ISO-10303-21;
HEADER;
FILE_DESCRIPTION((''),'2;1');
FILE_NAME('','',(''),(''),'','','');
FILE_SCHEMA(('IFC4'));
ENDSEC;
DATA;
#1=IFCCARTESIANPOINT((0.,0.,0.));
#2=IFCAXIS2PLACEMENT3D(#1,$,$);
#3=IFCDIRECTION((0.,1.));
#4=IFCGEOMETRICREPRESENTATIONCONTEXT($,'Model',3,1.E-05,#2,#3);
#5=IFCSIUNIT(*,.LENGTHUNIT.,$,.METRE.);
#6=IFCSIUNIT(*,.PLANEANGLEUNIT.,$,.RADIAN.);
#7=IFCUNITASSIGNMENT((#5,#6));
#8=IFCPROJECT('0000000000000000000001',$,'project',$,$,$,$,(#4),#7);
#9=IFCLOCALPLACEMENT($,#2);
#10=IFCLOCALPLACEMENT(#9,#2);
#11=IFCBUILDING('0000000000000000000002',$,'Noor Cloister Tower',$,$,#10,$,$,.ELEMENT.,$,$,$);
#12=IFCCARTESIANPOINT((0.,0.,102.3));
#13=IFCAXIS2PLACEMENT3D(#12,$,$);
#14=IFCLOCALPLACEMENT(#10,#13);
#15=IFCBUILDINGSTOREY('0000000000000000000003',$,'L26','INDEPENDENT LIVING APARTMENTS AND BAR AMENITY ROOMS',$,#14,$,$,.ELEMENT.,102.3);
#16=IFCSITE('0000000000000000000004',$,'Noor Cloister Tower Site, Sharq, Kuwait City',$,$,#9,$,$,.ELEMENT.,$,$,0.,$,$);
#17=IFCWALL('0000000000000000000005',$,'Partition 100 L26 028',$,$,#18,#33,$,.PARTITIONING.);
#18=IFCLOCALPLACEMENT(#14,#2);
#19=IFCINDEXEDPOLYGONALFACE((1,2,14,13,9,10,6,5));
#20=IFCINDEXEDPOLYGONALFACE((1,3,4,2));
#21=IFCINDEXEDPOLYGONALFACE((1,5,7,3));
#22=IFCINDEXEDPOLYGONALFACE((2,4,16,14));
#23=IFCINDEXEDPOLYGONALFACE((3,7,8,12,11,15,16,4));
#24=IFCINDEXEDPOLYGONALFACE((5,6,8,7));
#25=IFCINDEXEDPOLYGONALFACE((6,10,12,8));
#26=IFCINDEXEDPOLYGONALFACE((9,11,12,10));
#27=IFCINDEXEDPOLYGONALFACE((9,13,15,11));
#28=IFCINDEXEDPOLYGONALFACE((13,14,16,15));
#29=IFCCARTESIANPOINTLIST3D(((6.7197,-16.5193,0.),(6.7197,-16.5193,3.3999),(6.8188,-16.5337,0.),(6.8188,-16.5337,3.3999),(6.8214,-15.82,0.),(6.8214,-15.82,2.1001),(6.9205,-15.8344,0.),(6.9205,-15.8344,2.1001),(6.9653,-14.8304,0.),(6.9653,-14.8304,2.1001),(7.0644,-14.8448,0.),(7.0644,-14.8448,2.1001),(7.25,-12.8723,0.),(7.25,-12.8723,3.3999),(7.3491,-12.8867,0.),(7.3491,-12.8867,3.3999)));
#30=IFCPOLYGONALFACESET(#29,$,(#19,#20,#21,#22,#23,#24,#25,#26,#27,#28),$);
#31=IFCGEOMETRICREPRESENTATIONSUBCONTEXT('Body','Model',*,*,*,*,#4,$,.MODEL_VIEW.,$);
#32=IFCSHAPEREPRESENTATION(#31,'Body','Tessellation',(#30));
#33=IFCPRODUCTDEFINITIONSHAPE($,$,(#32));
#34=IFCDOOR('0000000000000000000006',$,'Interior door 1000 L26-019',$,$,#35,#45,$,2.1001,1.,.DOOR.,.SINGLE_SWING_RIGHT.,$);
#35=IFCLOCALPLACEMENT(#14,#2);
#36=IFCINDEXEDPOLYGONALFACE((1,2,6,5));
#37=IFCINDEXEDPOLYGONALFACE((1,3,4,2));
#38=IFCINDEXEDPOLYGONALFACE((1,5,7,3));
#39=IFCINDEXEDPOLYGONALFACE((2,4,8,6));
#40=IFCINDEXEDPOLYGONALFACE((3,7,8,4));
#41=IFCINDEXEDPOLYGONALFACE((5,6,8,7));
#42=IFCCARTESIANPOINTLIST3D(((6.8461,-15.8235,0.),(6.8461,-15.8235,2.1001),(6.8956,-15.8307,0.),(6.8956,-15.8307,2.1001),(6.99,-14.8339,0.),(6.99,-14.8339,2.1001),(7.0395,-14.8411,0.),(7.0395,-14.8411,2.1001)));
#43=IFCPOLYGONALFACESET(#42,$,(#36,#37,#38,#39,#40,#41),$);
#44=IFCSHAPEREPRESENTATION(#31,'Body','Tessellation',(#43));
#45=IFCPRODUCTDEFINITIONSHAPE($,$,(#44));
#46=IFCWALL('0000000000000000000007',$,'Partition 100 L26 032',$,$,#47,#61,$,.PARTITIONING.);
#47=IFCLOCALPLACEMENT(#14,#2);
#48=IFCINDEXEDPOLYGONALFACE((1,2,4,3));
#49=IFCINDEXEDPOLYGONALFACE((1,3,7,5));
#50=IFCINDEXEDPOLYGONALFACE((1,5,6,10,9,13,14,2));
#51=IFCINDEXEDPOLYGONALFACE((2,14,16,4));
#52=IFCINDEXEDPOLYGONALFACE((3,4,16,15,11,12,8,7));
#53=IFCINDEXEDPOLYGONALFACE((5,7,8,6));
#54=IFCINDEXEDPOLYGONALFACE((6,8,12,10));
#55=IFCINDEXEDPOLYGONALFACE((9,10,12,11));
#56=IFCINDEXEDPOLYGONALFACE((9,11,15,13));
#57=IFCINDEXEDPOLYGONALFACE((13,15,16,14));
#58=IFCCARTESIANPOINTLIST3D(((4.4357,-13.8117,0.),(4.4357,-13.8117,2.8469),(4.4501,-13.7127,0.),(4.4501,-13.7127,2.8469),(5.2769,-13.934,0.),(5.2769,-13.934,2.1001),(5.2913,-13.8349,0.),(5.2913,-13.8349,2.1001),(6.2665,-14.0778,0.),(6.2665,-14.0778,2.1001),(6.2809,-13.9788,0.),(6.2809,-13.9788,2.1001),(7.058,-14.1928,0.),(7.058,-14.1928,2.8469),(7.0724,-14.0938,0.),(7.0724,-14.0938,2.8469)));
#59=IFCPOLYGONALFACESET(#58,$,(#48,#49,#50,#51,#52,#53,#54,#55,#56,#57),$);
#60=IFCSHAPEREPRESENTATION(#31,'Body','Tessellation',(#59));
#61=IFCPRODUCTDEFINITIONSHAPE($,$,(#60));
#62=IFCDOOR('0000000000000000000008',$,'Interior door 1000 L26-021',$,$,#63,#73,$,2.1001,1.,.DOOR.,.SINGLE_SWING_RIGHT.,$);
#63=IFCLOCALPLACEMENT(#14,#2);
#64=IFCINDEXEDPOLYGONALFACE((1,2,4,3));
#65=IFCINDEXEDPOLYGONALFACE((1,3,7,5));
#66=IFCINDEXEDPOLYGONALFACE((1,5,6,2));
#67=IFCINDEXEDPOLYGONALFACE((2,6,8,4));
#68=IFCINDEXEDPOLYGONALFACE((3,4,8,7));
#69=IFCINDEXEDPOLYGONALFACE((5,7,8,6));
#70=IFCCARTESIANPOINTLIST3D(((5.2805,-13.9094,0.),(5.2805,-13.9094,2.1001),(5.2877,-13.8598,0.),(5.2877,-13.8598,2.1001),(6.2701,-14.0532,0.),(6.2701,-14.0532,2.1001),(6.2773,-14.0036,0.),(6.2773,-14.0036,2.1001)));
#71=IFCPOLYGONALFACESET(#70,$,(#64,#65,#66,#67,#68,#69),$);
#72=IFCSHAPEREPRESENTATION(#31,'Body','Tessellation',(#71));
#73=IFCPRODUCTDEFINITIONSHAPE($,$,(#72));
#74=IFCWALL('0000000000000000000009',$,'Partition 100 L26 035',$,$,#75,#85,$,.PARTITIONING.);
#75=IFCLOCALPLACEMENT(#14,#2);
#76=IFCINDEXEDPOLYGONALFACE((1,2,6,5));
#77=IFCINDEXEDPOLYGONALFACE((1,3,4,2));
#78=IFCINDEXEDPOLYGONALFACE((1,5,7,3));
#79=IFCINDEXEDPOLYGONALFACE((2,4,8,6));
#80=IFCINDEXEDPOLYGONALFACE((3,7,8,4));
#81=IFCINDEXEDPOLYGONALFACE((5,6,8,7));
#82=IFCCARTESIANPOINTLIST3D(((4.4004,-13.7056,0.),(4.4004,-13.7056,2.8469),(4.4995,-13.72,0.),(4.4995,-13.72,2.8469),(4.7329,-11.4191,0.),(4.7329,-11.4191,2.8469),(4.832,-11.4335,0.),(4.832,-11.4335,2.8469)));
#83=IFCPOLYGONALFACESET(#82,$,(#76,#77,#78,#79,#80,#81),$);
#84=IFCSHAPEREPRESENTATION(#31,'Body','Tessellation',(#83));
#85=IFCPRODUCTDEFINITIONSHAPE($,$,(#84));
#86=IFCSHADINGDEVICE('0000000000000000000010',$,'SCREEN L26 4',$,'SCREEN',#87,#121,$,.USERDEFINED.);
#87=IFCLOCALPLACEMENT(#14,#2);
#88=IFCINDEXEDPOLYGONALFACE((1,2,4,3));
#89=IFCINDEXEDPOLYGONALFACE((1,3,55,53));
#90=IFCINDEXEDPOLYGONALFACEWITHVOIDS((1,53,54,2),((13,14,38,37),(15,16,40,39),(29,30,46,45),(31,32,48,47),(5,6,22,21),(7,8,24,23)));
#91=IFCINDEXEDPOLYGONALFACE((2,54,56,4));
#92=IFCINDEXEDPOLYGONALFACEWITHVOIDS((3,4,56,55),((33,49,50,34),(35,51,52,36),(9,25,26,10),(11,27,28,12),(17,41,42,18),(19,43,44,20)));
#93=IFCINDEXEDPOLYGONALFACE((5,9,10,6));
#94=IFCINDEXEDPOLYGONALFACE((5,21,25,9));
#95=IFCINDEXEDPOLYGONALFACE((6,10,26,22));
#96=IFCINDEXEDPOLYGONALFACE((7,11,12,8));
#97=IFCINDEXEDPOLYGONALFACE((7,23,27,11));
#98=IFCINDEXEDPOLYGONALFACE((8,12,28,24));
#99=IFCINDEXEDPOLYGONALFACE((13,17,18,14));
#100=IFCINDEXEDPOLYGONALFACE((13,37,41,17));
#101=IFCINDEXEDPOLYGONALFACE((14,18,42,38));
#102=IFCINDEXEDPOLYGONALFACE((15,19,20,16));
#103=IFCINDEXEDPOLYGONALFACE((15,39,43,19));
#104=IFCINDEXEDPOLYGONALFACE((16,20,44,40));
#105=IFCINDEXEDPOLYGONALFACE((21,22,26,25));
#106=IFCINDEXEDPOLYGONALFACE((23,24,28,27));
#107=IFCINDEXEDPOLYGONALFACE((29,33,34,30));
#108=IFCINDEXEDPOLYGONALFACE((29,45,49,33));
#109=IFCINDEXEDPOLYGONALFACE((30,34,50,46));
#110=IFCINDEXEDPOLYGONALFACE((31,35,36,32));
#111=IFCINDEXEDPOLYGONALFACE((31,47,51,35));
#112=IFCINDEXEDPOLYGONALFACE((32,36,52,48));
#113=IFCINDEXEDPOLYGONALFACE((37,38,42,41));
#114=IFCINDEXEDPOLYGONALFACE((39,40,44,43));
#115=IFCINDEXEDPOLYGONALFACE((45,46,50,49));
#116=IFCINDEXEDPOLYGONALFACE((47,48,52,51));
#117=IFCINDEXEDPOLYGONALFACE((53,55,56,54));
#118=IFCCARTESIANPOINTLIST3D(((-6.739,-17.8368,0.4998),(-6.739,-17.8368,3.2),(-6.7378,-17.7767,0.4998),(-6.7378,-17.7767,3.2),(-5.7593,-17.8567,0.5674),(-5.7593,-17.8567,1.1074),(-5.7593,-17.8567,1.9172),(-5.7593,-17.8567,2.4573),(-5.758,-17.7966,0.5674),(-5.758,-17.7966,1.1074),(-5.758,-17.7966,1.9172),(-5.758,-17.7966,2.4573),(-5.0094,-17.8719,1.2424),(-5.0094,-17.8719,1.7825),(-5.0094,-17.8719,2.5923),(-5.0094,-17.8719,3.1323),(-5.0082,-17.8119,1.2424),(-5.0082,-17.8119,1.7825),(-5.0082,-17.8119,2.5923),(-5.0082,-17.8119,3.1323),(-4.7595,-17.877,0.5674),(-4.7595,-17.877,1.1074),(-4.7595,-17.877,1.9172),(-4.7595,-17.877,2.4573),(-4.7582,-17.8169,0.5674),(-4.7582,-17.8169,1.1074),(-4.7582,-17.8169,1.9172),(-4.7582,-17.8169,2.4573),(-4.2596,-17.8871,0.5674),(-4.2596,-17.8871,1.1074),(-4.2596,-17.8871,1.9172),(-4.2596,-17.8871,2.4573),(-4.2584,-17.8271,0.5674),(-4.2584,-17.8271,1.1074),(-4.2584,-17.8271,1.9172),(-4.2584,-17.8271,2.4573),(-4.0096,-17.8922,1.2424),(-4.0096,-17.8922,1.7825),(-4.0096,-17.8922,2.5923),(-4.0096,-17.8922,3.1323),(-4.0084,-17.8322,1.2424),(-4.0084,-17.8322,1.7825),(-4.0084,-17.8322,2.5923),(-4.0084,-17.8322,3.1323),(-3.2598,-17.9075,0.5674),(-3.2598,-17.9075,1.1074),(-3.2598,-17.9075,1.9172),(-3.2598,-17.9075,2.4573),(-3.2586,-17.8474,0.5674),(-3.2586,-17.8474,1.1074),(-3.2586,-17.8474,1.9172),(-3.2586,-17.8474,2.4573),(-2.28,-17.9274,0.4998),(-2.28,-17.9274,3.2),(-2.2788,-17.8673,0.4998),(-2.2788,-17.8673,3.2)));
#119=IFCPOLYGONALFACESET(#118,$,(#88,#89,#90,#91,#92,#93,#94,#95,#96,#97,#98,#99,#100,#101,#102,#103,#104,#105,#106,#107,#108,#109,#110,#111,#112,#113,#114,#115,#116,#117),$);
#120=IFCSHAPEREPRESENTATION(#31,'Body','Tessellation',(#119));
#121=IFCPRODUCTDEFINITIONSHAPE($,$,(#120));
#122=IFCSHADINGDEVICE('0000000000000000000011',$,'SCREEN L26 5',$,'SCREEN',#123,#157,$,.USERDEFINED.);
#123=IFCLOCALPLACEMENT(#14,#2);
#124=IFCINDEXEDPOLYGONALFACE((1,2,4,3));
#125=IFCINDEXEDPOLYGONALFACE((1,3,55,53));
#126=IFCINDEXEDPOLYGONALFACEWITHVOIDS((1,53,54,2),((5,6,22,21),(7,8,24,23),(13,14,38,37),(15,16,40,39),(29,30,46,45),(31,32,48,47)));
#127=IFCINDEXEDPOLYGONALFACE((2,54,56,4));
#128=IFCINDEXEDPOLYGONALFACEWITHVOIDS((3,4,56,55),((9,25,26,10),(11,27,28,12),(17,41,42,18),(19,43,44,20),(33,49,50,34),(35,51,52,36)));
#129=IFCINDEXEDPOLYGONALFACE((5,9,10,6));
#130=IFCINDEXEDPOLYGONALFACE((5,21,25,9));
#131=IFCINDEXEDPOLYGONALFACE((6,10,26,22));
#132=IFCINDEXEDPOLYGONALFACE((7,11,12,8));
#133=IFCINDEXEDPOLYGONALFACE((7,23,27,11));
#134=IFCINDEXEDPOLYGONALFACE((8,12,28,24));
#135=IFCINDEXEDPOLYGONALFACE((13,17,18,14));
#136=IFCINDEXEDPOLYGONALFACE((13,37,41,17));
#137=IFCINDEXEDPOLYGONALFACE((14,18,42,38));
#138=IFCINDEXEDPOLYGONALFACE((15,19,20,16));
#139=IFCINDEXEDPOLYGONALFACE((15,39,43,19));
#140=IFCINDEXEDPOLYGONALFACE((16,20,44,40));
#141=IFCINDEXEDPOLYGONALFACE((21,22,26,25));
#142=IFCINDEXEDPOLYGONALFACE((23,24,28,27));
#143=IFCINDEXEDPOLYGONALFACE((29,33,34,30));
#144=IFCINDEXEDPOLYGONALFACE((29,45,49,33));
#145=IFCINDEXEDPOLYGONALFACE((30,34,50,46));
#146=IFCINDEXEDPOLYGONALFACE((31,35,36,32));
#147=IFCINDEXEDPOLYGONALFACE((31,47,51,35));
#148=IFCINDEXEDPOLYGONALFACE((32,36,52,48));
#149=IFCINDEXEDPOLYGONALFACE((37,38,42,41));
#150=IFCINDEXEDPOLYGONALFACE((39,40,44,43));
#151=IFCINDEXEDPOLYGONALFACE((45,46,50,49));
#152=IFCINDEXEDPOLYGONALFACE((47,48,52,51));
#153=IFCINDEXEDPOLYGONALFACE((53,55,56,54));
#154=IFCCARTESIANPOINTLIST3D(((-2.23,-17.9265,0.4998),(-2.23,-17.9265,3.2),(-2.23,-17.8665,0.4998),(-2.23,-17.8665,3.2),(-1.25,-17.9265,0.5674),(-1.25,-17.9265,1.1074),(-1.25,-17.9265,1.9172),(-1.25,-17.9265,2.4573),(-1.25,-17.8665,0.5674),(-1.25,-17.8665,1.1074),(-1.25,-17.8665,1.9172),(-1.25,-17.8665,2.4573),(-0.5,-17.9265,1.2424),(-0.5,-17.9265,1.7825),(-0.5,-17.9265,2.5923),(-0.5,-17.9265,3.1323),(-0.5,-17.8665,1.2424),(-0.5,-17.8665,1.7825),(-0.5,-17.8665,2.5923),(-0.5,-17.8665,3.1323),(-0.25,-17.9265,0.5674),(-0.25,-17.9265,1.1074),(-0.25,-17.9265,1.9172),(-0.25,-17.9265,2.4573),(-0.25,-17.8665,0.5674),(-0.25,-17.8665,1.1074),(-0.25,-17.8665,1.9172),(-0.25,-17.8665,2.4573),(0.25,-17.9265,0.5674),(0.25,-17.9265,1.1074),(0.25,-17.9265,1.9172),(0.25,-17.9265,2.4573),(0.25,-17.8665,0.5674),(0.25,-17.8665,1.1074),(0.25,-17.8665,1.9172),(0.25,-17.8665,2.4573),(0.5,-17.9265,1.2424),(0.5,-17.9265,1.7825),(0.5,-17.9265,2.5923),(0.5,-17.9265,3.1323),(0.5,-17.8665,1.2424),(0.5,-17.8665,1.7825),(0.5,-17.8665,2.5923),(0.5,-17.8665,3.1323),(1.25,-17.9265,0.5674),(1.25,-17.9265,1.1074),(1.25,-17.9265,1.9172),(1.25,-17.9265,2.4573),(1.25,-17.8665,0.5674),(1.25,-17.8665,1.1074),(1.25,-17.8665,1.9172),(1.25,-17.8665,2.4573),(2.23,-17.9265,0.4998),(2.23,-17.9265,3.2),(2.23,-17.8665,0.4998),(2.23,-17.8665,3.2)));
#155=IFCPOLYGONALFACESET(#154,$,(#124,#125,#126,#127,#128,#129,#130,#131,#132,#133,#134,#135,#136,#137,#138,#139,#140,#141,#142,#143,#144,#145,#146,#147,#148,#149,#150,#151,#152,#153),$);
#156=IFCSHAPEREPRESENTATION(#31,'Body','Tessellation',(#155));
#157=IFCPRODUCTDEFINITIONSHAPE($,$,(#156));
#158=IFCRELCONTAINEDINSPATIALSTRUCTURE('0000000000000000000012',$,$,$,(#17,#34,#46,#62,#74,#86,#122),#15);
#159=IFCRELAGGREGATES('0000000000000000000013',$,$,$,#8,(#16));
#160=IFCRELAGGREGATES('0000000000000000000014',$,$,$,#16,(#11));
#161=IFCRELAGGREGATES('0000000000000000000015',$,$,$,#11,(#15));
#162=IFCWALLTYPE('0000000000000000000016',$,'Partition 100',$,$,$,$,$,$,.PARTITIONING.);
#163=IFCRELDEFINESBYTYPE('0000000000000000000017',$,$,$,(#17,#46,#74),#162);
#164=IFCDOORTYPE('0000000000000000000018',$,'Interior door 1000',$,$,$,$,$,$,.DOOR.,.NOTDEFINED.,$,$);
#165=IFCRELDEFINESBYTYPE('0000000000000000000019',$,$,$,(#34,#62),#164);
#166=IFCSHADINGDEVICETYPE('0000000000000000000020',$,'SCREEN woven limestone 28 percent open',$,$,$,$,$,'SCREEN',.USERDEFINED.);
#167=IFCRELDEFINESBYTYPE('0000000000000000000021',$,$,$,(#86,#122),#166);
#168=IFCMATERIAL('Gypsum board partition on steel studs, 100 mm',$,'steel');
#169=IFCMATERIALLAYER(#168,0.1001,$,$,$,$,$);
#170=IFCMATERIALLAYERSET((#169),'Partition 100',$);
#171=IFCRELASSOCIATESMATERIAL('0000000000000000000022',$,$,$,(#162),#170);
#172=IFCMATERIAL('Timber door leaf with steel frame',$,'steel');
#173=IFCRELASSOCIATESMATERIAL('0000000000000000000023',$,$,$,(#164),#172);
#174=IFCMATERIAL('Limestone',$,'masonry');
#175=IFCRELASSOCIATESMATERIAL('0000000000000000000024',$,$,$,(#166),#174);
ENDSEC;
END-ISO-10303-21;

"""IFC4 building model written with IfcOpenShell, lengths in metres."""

from ifc_helpers import new_model, si_unit, direction, frame, frame_2d, origin, place, context, subcontext, project, spatial, polyline, rectangle, outline, extrude, material, layer, layer_set, material_profile, profile_set, type_object, element, fill, save


model = new_model("IFC4")

# Units and contexts
model_context = context("Model", 3, precision=1e-05, world=origin(), true_north=direction((0.0, 1.0)))
body_context = subcontext(model_context, "Body", "Model", "MODEL_VIEW")
ifc_project = project(units=[si_unit("LENGTHUNIT", "METRE"), si_unit("PLANEANGLEUNIT", "RADIAN")], contexts=[model_context])

# Site, building, storey
site_placement = place(None, origin())
site = spatial("IfcSite", under=ifc_project, at=site_placement, Name="Noor Cloister Tower Site, Sharq, Kuwait City", CompositionType="ELEMENT", RefElevation=0.0)
building_placement = place(site_placement, origin())
building = spatial("IfcBuilding", under=site, at=building_placement, Name="Noor Cloister Tower", CompositionType="ELEMENT")
storey_placement = place(building_placement, frame((0.0, 0.0, 102.3)))
storey = spatial("IfcBuildingStorey", under=building, at=storey_placement, Name="L26", Description="INDEPENDENT LIVING APARTMENTS AND BAR AMENITY ROOMS", CompositionType="ELEMENT", Elevation=102.3)

# Walls, openings, doors
ifc_material_1 = material(Name="Gypsum board partition on steel studs, 100 mm", Category="steel")
ifc_layer_1 = layer(ifc_material_1, 0.1001)
ifc_layer_set_1 = layer_set([ifc_layer_1], Name="Partition 100")
wall_type_1 = type_object("IfcWallType", Name="Partition 100", PredefinedType="PARTITIONING", material=ifc_layer_set_1)
wall_1_placement = place(storey_placement, frame((7.2996, -12.8794, 0.0), z_axis=(0.0, 0.0, 1.0), x_axis=(-0.143888, -0.989594, 0.0)))
wall_1 = element("IfcWall", 1, at=wall_1_placement, inside=storey, type_object=wall_type_1, Name="Partition 100 L26 028", PredefinedType="PARTITIONING", context=body_context, shape_type="SweptSolid", body=[
    extrude(rectangle(XDim=3.6853, YDim=0.1001, at=frame_2d((1.8428, 0.0))), origin(), (0.0, 0.0, 1.0), 3.3999),
])
opening_1_placement = place(wall_1_placement, frame((1.9788, 0.0, 0.0)))
opening_1 = element("IfcOpeningElement", 2, at=opening_1_placement, cuts=wall_1, PredefinedType="OPENING", context=body_context, shape_type="SweptSolid", body=[
    extrude(rectangle(XDim=1.0, YDim=2.1001, at=frame_2d((0.5, 1.05))), frame((0.0, 0.0601, 0.0), z_axis=(0.0, -1.0, 0.0), x_axis=(1.0, 0.0, 0.0)), (0.0, 0.0, 1.0), 0.1201),
])
ifc_material_2 = material(Name="Timber door leaf with steel frame", Category="steel")
door_type = type_object("IfcDoorType", Name="Interior door 1000", OperationType="NOTDEFINED", PredefinedType="DOOR", material=ifc_material_2)
door_1_placement = place(opening_1_placement, origin())
door_1 = element("IfcDoor", 3, at=door_1_placement, inside=storey, type_object=door_type, Name="Interior door 1000 L26-019", OperationType="SINGLE_SWING_RIGHT", OverallHeight=2.1001, OverallWidth=1.0, PredefinedType="DOOR", context=body_context, shape_type="SweptSolid", body=[
    extrude(rectangle(XDim=1.0, YDim=2.1001, at=frame_2d((0.5, 1.05))), frame((0.0, 0.0249, 0.0), z_axis=(0.0, -1.0, 0.0), x_axis=(1.0, 0.0, 0.0)), (0.0, 0.0, 1.0), 0.05),
])
fill(opening_1, door_1)
wall_2_placement = place(storey_placement, frame((4.4429, -13.7622, 0.0), z_axis=(0.0, 0.0, 1.0), x_axis=(0.989604, -0.14382, 0.0)))
wall_2 = element("IfcWall", 4, at=wall_2_placement, inside=storey, type_object=wall_type_1, Name="Partition 100 L26 032", PredefinedType="PARTITIONING", context=body_context, shape_type="SweptSolid", body=[
    extrude(rectangle(XDim=2.6499, YDim=0.1001, at=frame_2d((1.325, 0.0))), origin(), (0.0, 0.0, 1.0), 2.8469),
])
opening_2_placement = place(wall_2_placement, frame((0.8501, 0.0, 0.0)))
opening_2 = element("IfcOpeningElement", 5, at=opening_2_placement, cuts=wall_2, PredefinedType="OPENING", context=body_context, shape_type="SweptSolid", body=[
    extrude(rectangle(XDim=1.0, YDim=2.1001, at=frame_2d((0.5, 1.05))), frame((0.0, 0.0601, 0.0), z_axis=(0.0, -1.0, 0.0), x_axis=(1.0, 0.0, 0.0)), (0.0, 0.0, 1.0), 0.1201),
])
door_2_placement = place(opening_2_placement, origin())
door_2 = element("IfcDoor", 6, at=door_2_placement, inside=storey, type_object=door_type, Name="Interior door 1000 L26-021", OperationType="SINGLE_SWING_RIGHT", OverallHeight=2.1001, OverallWidth=1.0, PredefinedType="DOOR", context=body_context, shape_type="SweptSolid", body=[
    extrude(rectangle(XDim=1.0, YDim=2.1001, at=frame_2d((0.5, 1.05))), frame((0.0, 0.0249, 0.0), z_axis=(0.0, -1.0, 0.0), x_axis=(1.0, 0.0, 0.0)), (0.0, 0.0, 1.0), 0.05),
])
fill(opening_2, door_2)

# Wall
wall_3_placement = place(storey_placement, frame((4.7825, -11.4263, 0.0), z_axis=(0.0, 0.0, 1.0), x_axis=(-0.143921, -0.989589, 0.0)))
element("IfcWall", 7, at=wall_3_placement, inside=storey, type_object=wall_type_1, Name="Partition 100 L26 035", PredefinedType="PARTITIONING", context=body_context, shape_type="SweptSolid", body=[
    extrude(rectangle(XDim=2.3105, YDim=0.1001, at=frame_2d((1.1553, 0.0))), origin(), (0.0, 0.0, 1.0), 2.8469),
])

# Shading devices
ifc_material_3 = material(Name="Limestone", Category="masonry")
ifc_material_profile_1 = material_profile(ifc_material_3, outline(polyline([(-2.23, -1.3501), (2.23, -1.3501), (2.23, 1.3501), (-2.23, 1.3501), (-2.23, -1.3501)]), holes=[polyline([(-1.25, -1.2825), (-0.25, -1.2825), (-0.25, -0.7424), (-1.25, -0.7424), (-1.25, -1.2825)]), polyline([(0.25, -1.2825), (1.25, -1.2825), (1.25, -0.7424), (0.25, -0.7424), (0.25, -1.2825)]), polyline([(-0.5, -0.6074), (0.5, -0.6074), (0.5, -0.0674), (-0.5, -0.0674), (-0.5, -0.6074)]), polyline([(-1.25, 0.0674), (-0.25, 0.0674), (-0.25, 0.6074), (-1.25, 0.6074), (-1.25, 0.0674)]), polyline([(0.25, 0.0674), (1.25, 0.0674), (1.25, 0.6074), (0.25, 0.6074), (0.25, 0.0674)]), polyline([(-0.5, 0.7424), (0.5, 0.7424), (0.5, 1.2825), (-0.5, 1.2825), (-0.5, 0.7424)])]), Name="Woven screen 28 percent open")
ifc_profile_set_1 = profile_set([ifc_material_profile_1], Name="Limestone")
shading_device_type = type_object("IfcShadingDeviceType", Name="SCREEN woven limestone 28 percent open", ElementType="SCREEN", PredefinedType="USERDEFINED", material=ifc_profile_set_1)
for number, where, z_axis, x_axis, name in (
    (8, (-4.5083, -17.822, 1.8499), (-0.020321, -0.999794, 0.0), (0.999794, -0.020321, 0.0), "SCREEN L26 4"),
    (9, (0.0, -17.8665, 1.8499), (0.0, -1.0, 0.0), (1.0, 0.0, 0.0), "SCREEN L26 5"),
):
    element("IfcShadingDevice", number, at=place(storey_placement, frame(where, z_axis=z_axis, x_axis=x_axis)), inside=storey, type_object=shading_device_type, Name=name, ObjectType="SCREEN", PredefinedType="USERDEFINED", context=body_context, shape_type="SweptSolid", body=[
        extrude(outline(polyline([(-2.23, -1.3501), (2.23, -1.3501), (2.23, 1.3501), (-2.23, 1.3501), (-2.23, -1.3501)]), holes=[polyline([(-1.25, -1.2825), (-0.25, -1.2825), (-0.25, -0.7424), (-1.25, -0.7424), (-1.25, -1.2825)]), polyline([(0.25, -1.2825), (1.25, -1.2825), (1.25, -0.7424), (0.25, -0.7424), (0.25, -1.2825)]), polyline([(-0.5, -0.6074), (0.5, -0.6074), (0.5, -0.0674), (-0.5, -0.0674), (-0.5, -0.6074)]), polyline([(-1.25, 0.0674), (-0.25, 0.0674), (-0.25, 0.6074), (-1.25, 0.6074), (-1.25, 0.0674)]), polyline([(0.25, 0.0674), (1.25, 0.0674), (1.25, 0.6074), (0.25, 0.6074), (0.25, 0.0674)]), polyline([(-0.5, 0.7424), (0.5, 0.7424), (0.5, 1.2825), (-0.5, 1.2825), (-0.5, 0.7424)])]), origin(), (0.0, 0.0, 1.0), 0.0601),
    ])

save(model, "model.ifc")
